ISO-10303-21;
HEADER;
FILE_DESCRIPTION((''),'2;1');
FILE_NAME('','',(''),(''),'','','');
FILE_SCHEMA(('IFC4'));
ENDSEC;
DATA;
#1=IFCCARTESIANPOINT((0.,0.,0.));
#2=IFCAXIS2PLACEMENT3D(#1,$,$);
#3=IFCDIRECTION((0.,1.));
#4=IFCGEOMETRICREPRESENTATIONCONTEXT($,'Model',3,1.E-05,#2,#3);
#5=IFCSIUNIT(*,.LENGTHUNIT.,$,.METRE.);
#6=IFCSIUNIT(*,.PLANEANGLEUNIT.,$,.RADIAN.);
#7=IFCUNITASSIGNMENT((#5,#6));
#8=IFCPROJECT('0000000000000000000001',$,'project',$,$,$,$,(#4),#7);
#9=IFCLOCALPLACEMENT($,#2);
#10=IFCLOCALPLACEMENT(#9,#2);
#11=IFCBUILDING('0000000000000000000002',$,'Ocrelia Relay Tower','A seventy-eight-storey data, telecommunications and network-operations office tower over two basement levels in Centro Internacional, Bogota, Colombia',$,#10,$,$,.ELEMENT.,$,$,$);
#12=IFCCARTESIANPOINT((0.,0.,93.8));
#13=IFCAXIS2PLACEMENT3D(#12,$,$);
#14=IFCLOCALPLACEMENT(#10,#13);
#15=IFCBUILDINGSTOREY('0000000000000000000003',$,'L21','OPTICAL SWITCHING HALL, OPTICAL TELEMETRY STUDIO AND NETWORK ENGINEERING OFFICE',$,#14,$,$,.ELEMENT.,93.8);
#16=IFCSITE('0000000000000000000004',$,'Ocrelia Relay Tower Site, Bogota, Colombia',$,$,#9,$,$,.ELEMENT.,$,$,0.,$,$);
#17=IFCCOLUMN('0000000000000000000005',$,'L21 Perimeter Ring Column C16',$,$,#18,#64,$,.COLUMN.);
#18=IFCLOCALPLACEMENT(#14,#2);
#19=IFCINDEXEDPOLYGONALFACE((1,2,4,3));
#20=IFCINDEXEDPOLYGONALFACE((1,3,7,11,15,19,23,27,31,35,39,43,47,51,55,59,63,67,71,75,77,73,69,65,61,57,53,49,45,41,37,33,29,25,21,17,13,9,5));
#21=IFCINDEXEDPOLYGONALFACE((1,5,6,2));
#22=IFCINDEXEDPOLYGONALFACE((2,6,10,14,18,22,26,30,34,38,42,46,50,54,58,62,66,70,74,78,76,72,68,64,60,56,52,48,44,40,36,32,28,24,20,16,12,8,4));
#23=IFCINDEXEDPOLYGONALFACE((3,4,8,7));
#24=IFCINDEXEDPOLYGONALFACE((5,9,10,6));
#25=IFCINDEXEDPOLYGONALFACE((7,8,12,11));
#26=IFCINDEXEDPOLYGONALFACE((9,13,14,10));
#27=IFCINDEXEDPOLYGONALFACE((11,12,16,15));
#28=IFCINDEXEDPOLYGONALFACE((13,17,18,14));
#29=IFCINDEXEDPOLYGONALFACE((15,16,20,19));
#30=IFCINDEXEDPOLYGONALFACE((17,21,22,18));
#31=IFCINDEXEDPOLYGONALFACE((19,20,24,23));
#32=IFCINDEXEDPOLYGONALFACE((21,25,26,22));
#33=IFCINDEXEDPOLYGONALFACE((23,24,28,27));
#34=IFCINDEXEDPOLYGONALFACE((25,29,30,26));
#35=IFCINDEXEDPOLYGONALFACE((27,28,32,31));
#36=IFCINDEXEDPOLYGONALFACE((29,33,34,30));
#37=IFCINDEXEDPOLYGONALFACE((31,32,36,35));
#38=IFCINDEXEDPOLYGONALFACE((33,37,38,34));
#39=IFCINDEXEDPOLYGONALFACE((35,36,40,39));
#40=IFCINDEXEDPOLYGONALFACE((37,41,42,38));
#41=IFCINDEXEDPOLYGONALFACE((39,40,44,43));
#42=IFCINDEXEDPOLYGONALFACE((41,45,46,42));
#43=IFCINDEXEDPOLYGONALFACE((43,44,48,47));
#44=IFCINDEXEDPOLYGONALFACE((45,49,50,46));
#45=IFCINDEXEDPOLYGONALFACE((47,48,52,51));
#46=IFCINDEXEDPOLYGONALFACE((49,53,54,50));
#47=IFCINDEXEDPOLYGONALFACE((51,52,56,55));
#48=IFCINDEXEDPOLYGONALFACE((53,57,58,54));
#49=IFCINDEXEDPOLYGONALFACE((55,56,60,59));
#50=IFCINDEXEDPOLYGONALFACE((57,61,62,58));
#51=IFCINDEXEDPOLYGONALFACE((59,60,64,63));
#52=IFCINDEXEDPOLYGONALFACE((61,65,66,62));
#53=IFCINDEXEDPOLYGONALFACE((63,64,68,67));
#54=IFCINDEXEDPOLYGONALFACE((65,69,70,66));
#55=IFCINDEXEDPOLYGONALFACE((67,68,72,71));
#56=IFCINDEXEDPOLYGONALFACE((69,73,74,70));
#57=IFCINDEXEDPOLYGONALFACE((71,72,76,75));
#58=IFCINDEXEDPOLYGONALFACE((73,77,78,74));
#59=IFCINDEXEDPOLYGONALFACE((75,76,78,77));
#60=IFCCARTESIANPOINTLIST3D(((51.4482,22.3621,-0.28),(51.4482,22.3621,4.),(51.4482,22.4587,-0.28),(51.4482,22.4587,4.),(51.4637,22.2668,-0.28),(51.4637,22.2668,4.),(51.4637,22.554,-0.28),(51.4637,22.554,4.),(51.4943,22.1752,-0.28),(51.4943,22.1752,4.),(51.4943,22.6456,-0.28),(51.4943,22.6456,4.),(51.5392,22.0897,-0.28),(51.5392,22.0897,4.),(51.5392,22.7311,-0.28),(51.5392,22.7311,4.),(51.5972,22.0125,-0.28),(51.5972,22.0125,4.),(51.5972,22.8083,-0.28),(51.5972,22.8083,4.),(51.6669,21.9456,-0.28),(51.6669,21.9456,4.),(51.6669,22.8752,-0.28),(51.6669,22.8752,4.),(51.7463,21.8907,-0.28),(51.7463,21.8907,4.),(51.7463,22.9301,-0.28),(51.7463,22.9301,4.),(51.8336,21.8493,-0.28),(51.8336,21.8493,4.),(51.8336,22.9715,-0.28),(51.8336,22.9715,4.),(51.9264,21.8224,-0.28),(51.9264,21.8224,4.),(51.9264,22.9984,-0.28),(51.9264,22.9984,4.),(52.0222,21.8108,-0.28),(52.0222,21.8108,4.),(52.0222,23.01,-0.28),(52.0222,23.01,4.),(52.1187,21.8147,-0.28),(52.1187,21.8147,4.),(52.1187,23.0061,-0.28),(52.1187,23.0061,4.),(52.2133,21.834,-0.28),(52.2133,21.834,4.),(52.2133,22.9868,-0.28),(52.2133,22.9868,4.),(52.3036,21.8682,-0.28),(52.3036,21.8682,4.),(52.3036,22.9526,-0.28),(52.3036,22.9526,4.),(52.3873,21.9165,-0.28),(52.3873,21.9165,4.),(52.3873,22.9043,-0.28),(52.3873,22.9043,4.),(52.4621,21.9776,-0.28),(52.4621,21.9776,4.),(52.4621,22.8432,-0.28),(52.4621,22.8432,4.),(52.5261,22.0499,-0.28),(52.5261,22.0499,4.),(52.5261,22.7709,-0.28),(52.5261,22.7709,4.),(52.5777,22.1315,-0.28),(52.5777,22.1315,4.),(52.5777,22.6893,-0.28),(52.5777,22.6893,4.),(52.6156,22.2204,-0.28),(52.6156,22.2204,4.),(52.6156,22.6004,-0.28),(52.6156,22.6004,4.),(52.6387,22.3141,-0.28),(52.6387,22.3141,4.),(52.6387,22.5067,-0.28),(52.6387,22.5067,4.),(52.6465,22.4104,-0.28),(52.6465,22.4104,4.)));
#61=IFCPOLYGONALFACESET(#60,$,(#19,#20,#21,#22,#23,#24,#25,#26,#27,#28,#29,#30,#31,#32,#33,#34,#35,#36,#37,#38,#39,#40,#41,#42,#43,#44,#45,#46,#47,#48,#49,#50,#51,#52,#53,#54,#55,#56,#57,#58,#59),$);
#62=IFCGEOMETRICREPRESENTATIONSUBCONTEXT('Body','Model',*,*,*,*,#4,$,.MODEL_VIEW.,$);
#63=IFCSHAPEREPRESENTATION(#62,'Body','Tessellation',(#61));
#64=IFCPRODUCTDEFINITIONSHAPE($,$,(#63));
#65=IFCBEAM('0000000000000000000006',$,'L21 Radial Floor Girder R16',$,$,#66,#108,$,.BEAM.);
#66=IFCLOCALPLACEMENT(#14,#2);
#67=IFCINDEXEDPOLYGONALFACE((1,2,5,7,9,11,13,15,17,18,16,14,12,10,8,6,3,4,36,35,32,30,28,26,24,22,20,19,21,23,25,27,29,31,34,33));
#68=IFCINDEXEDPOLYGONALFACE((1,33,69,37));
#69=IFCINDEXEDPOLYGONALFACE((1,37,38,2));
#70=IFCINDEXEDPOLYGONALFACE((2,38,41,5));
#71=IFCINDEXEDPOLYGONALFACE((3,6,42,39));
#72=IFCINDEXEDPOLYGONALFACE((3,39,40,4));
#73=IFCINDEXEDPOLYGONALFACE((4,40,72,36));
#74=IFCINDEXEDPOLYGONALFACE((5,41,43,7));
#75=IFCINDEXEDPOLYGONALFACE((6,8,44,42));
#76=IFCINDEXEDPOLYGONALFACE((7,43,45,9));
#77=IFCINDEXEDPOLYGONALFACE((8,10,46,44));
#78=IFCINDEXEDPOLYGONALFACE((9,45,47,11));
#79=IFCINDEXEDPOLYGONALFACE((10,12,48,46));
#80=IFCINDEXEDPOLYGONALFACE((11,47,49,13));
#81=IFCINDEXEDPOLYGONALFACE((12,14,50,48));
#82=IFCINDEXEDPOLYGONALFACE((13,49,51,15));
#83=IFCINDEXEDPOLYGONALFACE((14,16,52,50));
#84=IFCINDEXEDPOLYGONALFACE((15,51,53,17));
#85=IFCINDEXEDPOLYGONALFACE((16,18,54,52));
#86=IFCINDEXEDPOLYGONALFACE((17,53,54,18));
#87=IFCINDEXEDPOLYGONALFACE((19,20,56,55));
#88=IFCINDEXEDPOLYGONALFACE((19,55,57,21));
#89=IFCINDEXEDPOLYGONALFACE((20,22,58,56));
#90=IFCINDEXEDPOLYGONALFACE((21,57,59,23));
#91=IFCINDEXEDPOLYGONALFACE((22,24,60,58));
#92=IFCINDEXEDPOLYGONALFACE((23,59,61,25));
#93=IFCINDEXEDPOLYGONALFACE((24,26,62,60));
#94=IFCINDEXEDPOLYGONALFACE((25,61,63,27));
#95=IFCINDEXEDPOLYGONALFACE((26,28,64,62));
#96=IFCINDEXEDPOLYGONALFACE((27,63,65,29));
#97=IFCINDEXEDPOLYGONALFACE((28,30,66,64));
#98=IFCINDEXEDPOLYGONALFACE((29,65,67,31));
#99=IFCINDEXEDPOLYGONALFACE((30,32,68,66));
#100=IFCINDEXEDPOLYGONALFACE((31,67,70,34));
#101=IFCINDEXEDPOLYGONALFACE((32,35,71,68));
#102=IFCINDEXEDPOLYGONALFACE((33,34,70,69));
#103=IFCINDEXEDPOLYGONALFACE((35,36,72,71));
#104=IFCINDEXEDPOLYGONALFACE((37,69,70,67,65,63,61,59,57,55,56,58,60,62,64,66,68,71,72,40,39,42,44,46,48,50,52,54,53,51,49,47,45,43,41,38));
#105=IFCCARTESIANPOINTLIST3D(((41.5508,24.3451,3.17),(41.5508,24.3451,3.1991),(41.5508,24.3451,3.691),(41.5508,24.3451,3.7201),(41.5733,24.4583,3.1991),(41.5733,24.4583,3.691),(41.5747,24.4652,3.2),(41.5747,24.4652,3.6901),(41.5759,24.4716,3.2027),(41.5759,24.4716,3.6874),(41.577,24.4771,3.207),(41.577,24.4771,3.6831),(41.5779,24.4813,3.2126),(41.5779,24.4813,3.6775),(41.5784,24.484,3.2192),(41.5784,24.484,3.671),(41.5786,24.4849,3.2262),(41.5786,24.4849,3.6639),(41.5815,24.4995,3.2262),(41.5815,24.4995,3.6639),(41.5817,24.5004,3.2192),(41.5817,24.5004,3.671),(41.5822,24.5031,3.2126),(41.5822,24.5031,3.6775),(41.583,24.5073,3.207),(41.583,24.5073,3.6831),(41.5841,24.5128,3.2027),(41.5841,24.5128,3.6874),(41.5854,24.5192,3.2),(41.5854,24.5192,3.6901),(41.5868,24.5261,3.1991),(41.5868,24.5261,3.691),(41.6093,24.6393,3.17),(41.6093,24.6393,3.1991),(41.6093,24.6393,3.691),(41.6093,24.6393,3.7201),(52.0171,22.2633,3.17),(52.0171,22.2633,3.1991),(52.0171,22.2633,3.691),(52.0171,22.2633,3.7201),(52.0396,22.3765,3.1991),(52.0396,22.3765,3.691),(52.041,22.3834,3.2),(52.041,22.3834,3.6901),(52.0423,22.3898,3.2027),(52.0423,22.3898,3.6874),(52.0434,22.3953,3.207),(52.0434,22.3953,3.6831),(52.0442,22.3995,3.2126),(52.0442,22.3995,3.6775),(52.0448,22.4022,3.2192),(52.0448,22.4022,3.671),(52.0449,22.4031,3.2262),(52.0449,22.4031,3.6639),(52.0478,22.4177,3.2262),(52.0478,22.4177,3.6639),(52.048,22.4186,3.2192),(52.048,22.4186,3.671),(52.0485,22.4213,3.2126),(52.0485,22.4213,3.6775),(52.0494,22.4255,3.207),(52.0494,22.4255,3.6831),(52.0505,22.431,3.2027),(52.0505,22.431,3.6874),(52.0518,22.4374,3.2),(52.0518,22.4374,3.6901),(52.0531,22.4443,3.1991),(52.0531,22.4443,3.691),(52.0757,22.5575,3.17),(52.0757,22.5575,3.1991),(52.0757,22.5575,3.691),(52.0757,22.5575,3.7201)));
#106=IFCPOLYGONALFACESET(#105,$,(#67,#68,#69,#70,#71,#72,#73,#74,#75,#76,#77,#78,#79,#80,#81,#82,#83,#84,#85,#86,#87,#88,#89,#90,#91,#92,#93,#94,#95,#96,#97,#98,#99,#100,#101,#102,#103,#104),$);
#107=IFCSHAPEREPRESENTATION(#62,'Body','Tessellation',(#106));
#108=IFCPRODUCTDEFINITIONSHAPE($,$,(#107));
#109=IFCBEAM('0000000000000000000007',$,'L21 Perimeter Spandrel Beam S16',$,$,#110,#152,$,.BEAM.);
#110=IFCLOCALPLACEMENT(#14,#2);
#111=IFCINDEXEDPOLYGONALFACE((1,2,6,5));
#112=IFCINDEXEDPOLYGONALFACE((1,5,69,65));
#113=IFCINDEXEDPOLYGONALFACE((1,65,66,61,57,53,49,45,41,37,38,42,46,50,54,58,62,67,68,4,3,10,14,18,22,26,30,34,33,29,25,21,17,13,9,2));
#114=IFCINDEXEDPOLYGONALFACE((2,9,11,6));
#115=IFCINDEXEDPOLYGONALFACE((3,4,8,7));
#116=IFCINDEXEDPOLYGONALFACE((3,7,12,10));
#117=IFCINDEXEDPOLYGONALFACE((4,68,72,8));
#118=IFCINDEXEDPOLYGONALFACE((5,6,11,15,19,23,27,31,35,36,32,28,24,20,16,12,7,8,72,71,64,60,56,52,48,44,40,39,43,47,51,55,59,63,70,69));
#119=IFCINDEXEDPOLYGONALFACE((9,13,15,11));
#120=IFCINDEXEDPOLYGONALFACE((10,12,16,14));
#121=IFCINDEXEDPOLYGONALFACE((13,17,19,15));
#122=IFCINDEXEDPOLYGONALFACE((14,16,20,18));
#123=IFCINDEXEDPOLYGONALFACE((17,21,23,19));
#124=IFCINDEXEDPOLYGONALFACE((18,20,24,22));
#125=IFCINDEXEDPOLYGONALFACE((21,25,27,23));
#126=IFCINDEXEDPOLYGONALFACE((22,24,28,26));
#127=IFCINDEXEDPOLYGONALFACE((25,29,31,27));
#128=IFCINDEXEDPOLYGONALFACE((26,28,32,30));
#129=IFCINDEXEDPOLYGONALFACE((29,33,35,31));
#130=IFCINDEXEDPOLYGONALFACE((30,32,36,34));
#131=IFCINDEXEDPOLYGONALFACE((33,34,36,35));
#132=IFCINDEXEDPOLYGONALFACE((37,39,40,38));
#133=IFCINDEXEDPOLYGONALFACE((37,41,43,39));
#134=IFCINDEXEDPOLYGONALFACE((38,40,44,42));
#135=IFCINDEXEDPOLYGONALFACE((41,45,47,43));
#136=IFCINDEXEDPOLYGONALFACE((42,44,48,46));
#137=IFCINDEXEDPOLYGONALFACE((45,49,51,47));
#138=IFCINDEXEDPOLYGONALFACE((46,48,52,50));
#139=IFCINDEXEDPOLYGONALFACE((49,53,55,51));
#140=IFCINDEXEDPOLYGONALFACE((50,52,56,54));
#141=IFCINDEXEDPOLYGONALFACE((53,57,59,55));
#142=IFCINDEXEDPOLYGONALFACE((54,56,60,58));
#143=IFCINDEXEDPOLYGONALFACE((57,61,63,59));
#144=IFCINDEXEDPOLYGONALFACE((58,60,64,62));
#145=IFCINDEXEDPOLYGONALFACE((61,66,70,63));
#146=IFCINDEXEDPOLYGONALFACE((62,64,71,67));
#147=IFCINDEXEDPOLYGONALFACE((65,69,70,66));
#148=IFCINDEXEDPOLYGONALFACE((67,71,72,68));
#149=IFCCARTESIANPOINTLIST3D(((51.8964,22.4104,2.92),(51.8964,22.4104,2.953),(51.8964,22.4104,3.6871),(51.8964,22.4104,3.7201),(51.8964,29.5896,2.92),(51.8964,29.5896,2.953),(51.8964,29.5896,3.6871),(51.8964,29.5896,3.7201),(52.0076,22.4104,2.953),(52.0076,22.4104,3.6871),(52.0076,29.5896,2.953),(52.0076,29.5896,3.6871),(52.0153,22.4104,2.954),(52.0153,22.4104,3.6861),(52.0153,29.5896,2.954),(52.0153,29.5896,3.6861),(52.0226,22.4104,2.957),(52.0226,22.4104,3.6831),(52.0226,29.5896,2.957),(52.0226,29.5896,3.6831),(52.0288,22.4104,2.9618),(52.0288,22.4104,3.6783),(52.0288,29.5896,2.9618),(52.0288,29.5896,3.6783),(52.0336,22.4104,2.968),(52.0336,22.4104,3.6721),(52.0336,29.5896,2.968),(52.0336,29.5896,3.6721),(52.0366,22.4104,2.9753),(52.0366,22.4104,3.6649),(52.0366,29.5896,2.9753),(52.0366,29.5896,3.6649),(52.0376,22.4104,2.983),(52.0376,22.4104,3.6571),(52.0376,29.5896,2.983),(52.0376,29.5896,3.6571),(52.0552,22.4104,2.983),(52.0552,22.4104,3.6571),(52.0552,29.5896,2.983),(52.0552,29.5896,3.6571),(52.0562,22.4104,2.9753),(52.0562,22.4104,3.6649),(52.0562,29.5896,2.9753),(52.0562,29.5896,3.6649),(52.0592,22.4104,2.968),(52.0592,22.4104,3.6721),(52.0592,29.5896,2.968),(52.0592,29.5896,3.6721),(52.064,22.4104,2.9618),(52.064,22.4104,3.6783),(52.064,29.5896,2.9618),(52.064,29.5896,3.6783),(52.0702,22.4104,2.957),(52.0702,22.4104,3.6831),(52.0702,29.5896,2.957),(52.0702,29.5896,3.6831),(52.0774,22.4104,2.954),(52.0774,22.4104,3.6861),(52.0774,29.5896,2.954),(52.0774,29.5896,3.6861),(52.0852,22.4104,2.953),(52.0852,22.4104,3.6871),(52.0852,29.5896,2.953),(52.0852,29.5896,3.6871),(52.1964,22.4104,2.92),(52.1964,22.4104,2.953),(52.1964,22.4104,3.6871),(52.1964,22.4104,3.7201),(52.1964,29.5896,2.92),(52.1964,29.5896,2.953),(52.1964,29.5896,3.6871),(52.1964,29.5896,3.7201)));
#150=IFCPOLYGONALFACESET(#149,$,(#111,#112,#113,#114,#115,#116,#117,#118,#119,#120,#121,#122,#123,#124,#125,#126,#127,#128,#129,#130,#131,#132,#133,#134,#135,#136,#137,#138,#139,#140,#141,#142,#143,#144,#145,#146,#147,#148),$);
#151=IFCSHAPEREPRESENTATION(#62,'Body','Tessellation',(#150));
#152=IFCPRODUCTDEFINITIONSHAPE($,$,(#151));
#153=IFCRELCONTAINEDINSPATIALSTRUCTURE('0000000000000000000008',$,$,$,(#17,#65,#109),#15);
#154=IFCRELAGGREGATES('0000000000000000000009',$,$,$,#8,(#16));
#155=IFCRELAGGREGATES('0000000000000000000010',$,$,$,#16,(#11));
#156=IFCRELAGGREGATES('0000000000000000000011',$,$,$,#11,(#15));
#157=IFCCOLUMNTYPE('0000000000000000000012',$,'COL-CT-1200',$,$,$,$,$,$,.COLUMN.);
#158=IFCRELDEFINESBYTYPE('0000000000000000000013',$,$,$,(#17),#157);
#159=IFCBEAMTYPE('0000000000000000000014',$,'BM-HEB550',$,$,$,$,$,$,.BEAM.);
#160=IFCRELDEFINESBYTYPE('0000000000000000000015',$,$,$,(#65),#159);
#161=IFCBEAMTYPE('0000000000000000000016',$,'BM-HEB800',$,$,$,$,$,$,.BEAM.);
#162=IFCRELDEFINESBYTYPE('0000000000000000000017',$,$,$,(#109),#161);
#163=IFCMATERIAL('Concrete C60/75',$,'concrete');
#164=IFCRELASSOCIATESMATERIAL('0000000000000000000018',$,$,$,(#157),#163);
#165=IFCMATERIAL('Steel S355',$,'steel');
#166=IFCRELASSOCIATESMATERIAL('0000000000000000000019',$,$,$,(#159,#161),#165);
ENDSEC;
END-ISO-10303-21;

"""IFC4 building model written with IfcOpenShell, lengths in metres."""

from ifc_helpers import new_model, si_unit, direction, frame, origin, origin_2d, place, context, subcontext, project, spatial, circle, i_section, extrude, material, material_profile, profile_set, type_object, element, save


model = new_model("IFC4")

# Units and contexts
model_context = context("Model", 3, precision=1e-05, world=origin(), true_north=direction((0.0, 1.0)))
body_context = subcontext(model_context, "Body", "Model", "MODEL_VIEW")
ifc_project = project(units=[si_unit("LENGTHUNIT", "METRE"), si_unit("PLANEANGLEUNIT", "RADIAN")], contexts=[model_context])

# Site, building, storey
site_placement = place(None, origin())
site = spatial("IfcSite", under=ifc_project, at=site_placement, Name="Ocrelia Relay Tower Site, Bogota, Colombia", CompositionType="ELEMENT", RefElevation=0.0)
building_placement = place(site_placement, origin())
building = spatial("IfcBuilding", under=site, at=building_placement, Name="Ocrelia Relay Tower", Description="A seventy-eight-storey data, telecommunications and network-operations office tower over two basement levels in Centro Internacional, Bogota, Colombia", CompositionType="ELEMENT")
storey_placement = place(building_placement, frame((0.0, 0.0, 93.8)))
storey = spatial("IfcBuildingStorey", under=building, at=storey_placement, Name="L21", Description="OPTICAL SWITCHING HALL, OPTICAL TELEMETRY STUDIO AND NETWORK ENGINEERING OFFICE", CompositionType="ELEMENT", Elevation=93.8)

# Column
ifc_material_1 = material(Name="Concrete C60/75", Category="concrete")
ifc_material_profile_1 = material_profile(ifc_material_1, circle(Radius=0.6001, at=origin_2d()), Name="RC-CIR-1200")
ifc_profile_set_1 = profile_set([ifc_material_profile_1], Name="Concrete C60/75")
column_type = type_object("IfcColumnType", Name="COL-CT-1200", PredefinedType="COLUMN", material=ifc_profile_set_1)
column_placement = place(storey_placement, frame((52.0464, 22.4104, -0.28), z_axis=(0.0, 0.0, 1.0), x_axis=(1.0, 0.0, 0.0)))
element("IfcColumn", 1, at=column_placement, inside=storey, type_object=column_type, Name="L21 Perimeter Ring Column C16", PredefinedType="COLUMN", context=body_context, shape_type="SweptSolid", body=[
    extrude(circle(Radius=0.6001, at=origin_2d()), origin(), (0.0, 0.0, 1.0), 4.28),
])

# Beams
ifc_material_2 = material(Name="Steel S355", Category="steel")
ifc_material_profile_2 = material_profile(ifc_material_2, i_section(OverallWidth=0.3, OverallDepth=0.55, WebThickness=0.0149, FlangeThickness=0.0291, FilletRadius=0.0271, at=origin_2d()), Name="HEB 550")
ifc_profile_set_2 = profile_set([ifc_material_profile_2], Name="Steel S355")
beam_type_1 = type_object("IfcBeamType", Name="BM-HEB550", PredefinedType="BEAM", material=ifc_profile_set_2)
beam_1_placement = place(storey_placement, frame((52.0464, 22.4104, 3.4451), z_axis=(-0.980787, 0.195082, 0.0), x_axis=(-0.195082, -0.980787, 0.0)))
element("IfcBeam", 2, at=beam_1_placement, inside=storey, type_object=beam_type_1, Name="L21 Radial Floor Girder R16", PredefinedType="BEAM", context=body_context, shape_type="SweptSolid", body=[
    extrude(i_section(OverallWidth=0.3, OverallDepth=0.55, WebThickness=0.0149, FlangeThickness=0.0291, FilletRadius=0.0271, at=origin_2d()), origin(), (0.0, 0.0, 1.0), 10.6714),
])
ifc_material_profile_3 = material_profile(ifc_material_2, i_section(OverallWidth=0.3, OverallDepth=0.8, WebThickness=0.0176, FlangeThickness=0.033, FilletRadius=0.03, at=origin_2d()), Name="HEB 800")
ifc_profile_set_3 = profile_set([ifc_material_profile_3], Name="Steel S355")
beam_type_2 = type_object("IfcBeamType", Name="BM-HEB800", PredefinedType="BEAM", material=ifc_profile_set_3)
beam_2_placement = place(storey_placement, frame((52.0464, 22.4104, 3.3201), z_axis=(0.0, 1.0, 0.0), x_axis=(-1.0, 0.0, 0.0)))
element("IfcBeam", 3, at=beam_2_placement, inside=storey, type_object=beam_type_2, Name="L21 Perimeter Spandrel Beam S16", PredefinedType="BEAM", context=body_context, shape_type="SweptSolid", body=[
    extrude(i_section(OverallWidth=0.3, OverallDepth=0.8, WebThickness=0.0176, FlangeThickness=0.033, FilletRadius=0.03, at=origin_2d()), origin(), (0.0, 0.0, 1.0), 7.1792),
])

save(model, "model.ifc")
